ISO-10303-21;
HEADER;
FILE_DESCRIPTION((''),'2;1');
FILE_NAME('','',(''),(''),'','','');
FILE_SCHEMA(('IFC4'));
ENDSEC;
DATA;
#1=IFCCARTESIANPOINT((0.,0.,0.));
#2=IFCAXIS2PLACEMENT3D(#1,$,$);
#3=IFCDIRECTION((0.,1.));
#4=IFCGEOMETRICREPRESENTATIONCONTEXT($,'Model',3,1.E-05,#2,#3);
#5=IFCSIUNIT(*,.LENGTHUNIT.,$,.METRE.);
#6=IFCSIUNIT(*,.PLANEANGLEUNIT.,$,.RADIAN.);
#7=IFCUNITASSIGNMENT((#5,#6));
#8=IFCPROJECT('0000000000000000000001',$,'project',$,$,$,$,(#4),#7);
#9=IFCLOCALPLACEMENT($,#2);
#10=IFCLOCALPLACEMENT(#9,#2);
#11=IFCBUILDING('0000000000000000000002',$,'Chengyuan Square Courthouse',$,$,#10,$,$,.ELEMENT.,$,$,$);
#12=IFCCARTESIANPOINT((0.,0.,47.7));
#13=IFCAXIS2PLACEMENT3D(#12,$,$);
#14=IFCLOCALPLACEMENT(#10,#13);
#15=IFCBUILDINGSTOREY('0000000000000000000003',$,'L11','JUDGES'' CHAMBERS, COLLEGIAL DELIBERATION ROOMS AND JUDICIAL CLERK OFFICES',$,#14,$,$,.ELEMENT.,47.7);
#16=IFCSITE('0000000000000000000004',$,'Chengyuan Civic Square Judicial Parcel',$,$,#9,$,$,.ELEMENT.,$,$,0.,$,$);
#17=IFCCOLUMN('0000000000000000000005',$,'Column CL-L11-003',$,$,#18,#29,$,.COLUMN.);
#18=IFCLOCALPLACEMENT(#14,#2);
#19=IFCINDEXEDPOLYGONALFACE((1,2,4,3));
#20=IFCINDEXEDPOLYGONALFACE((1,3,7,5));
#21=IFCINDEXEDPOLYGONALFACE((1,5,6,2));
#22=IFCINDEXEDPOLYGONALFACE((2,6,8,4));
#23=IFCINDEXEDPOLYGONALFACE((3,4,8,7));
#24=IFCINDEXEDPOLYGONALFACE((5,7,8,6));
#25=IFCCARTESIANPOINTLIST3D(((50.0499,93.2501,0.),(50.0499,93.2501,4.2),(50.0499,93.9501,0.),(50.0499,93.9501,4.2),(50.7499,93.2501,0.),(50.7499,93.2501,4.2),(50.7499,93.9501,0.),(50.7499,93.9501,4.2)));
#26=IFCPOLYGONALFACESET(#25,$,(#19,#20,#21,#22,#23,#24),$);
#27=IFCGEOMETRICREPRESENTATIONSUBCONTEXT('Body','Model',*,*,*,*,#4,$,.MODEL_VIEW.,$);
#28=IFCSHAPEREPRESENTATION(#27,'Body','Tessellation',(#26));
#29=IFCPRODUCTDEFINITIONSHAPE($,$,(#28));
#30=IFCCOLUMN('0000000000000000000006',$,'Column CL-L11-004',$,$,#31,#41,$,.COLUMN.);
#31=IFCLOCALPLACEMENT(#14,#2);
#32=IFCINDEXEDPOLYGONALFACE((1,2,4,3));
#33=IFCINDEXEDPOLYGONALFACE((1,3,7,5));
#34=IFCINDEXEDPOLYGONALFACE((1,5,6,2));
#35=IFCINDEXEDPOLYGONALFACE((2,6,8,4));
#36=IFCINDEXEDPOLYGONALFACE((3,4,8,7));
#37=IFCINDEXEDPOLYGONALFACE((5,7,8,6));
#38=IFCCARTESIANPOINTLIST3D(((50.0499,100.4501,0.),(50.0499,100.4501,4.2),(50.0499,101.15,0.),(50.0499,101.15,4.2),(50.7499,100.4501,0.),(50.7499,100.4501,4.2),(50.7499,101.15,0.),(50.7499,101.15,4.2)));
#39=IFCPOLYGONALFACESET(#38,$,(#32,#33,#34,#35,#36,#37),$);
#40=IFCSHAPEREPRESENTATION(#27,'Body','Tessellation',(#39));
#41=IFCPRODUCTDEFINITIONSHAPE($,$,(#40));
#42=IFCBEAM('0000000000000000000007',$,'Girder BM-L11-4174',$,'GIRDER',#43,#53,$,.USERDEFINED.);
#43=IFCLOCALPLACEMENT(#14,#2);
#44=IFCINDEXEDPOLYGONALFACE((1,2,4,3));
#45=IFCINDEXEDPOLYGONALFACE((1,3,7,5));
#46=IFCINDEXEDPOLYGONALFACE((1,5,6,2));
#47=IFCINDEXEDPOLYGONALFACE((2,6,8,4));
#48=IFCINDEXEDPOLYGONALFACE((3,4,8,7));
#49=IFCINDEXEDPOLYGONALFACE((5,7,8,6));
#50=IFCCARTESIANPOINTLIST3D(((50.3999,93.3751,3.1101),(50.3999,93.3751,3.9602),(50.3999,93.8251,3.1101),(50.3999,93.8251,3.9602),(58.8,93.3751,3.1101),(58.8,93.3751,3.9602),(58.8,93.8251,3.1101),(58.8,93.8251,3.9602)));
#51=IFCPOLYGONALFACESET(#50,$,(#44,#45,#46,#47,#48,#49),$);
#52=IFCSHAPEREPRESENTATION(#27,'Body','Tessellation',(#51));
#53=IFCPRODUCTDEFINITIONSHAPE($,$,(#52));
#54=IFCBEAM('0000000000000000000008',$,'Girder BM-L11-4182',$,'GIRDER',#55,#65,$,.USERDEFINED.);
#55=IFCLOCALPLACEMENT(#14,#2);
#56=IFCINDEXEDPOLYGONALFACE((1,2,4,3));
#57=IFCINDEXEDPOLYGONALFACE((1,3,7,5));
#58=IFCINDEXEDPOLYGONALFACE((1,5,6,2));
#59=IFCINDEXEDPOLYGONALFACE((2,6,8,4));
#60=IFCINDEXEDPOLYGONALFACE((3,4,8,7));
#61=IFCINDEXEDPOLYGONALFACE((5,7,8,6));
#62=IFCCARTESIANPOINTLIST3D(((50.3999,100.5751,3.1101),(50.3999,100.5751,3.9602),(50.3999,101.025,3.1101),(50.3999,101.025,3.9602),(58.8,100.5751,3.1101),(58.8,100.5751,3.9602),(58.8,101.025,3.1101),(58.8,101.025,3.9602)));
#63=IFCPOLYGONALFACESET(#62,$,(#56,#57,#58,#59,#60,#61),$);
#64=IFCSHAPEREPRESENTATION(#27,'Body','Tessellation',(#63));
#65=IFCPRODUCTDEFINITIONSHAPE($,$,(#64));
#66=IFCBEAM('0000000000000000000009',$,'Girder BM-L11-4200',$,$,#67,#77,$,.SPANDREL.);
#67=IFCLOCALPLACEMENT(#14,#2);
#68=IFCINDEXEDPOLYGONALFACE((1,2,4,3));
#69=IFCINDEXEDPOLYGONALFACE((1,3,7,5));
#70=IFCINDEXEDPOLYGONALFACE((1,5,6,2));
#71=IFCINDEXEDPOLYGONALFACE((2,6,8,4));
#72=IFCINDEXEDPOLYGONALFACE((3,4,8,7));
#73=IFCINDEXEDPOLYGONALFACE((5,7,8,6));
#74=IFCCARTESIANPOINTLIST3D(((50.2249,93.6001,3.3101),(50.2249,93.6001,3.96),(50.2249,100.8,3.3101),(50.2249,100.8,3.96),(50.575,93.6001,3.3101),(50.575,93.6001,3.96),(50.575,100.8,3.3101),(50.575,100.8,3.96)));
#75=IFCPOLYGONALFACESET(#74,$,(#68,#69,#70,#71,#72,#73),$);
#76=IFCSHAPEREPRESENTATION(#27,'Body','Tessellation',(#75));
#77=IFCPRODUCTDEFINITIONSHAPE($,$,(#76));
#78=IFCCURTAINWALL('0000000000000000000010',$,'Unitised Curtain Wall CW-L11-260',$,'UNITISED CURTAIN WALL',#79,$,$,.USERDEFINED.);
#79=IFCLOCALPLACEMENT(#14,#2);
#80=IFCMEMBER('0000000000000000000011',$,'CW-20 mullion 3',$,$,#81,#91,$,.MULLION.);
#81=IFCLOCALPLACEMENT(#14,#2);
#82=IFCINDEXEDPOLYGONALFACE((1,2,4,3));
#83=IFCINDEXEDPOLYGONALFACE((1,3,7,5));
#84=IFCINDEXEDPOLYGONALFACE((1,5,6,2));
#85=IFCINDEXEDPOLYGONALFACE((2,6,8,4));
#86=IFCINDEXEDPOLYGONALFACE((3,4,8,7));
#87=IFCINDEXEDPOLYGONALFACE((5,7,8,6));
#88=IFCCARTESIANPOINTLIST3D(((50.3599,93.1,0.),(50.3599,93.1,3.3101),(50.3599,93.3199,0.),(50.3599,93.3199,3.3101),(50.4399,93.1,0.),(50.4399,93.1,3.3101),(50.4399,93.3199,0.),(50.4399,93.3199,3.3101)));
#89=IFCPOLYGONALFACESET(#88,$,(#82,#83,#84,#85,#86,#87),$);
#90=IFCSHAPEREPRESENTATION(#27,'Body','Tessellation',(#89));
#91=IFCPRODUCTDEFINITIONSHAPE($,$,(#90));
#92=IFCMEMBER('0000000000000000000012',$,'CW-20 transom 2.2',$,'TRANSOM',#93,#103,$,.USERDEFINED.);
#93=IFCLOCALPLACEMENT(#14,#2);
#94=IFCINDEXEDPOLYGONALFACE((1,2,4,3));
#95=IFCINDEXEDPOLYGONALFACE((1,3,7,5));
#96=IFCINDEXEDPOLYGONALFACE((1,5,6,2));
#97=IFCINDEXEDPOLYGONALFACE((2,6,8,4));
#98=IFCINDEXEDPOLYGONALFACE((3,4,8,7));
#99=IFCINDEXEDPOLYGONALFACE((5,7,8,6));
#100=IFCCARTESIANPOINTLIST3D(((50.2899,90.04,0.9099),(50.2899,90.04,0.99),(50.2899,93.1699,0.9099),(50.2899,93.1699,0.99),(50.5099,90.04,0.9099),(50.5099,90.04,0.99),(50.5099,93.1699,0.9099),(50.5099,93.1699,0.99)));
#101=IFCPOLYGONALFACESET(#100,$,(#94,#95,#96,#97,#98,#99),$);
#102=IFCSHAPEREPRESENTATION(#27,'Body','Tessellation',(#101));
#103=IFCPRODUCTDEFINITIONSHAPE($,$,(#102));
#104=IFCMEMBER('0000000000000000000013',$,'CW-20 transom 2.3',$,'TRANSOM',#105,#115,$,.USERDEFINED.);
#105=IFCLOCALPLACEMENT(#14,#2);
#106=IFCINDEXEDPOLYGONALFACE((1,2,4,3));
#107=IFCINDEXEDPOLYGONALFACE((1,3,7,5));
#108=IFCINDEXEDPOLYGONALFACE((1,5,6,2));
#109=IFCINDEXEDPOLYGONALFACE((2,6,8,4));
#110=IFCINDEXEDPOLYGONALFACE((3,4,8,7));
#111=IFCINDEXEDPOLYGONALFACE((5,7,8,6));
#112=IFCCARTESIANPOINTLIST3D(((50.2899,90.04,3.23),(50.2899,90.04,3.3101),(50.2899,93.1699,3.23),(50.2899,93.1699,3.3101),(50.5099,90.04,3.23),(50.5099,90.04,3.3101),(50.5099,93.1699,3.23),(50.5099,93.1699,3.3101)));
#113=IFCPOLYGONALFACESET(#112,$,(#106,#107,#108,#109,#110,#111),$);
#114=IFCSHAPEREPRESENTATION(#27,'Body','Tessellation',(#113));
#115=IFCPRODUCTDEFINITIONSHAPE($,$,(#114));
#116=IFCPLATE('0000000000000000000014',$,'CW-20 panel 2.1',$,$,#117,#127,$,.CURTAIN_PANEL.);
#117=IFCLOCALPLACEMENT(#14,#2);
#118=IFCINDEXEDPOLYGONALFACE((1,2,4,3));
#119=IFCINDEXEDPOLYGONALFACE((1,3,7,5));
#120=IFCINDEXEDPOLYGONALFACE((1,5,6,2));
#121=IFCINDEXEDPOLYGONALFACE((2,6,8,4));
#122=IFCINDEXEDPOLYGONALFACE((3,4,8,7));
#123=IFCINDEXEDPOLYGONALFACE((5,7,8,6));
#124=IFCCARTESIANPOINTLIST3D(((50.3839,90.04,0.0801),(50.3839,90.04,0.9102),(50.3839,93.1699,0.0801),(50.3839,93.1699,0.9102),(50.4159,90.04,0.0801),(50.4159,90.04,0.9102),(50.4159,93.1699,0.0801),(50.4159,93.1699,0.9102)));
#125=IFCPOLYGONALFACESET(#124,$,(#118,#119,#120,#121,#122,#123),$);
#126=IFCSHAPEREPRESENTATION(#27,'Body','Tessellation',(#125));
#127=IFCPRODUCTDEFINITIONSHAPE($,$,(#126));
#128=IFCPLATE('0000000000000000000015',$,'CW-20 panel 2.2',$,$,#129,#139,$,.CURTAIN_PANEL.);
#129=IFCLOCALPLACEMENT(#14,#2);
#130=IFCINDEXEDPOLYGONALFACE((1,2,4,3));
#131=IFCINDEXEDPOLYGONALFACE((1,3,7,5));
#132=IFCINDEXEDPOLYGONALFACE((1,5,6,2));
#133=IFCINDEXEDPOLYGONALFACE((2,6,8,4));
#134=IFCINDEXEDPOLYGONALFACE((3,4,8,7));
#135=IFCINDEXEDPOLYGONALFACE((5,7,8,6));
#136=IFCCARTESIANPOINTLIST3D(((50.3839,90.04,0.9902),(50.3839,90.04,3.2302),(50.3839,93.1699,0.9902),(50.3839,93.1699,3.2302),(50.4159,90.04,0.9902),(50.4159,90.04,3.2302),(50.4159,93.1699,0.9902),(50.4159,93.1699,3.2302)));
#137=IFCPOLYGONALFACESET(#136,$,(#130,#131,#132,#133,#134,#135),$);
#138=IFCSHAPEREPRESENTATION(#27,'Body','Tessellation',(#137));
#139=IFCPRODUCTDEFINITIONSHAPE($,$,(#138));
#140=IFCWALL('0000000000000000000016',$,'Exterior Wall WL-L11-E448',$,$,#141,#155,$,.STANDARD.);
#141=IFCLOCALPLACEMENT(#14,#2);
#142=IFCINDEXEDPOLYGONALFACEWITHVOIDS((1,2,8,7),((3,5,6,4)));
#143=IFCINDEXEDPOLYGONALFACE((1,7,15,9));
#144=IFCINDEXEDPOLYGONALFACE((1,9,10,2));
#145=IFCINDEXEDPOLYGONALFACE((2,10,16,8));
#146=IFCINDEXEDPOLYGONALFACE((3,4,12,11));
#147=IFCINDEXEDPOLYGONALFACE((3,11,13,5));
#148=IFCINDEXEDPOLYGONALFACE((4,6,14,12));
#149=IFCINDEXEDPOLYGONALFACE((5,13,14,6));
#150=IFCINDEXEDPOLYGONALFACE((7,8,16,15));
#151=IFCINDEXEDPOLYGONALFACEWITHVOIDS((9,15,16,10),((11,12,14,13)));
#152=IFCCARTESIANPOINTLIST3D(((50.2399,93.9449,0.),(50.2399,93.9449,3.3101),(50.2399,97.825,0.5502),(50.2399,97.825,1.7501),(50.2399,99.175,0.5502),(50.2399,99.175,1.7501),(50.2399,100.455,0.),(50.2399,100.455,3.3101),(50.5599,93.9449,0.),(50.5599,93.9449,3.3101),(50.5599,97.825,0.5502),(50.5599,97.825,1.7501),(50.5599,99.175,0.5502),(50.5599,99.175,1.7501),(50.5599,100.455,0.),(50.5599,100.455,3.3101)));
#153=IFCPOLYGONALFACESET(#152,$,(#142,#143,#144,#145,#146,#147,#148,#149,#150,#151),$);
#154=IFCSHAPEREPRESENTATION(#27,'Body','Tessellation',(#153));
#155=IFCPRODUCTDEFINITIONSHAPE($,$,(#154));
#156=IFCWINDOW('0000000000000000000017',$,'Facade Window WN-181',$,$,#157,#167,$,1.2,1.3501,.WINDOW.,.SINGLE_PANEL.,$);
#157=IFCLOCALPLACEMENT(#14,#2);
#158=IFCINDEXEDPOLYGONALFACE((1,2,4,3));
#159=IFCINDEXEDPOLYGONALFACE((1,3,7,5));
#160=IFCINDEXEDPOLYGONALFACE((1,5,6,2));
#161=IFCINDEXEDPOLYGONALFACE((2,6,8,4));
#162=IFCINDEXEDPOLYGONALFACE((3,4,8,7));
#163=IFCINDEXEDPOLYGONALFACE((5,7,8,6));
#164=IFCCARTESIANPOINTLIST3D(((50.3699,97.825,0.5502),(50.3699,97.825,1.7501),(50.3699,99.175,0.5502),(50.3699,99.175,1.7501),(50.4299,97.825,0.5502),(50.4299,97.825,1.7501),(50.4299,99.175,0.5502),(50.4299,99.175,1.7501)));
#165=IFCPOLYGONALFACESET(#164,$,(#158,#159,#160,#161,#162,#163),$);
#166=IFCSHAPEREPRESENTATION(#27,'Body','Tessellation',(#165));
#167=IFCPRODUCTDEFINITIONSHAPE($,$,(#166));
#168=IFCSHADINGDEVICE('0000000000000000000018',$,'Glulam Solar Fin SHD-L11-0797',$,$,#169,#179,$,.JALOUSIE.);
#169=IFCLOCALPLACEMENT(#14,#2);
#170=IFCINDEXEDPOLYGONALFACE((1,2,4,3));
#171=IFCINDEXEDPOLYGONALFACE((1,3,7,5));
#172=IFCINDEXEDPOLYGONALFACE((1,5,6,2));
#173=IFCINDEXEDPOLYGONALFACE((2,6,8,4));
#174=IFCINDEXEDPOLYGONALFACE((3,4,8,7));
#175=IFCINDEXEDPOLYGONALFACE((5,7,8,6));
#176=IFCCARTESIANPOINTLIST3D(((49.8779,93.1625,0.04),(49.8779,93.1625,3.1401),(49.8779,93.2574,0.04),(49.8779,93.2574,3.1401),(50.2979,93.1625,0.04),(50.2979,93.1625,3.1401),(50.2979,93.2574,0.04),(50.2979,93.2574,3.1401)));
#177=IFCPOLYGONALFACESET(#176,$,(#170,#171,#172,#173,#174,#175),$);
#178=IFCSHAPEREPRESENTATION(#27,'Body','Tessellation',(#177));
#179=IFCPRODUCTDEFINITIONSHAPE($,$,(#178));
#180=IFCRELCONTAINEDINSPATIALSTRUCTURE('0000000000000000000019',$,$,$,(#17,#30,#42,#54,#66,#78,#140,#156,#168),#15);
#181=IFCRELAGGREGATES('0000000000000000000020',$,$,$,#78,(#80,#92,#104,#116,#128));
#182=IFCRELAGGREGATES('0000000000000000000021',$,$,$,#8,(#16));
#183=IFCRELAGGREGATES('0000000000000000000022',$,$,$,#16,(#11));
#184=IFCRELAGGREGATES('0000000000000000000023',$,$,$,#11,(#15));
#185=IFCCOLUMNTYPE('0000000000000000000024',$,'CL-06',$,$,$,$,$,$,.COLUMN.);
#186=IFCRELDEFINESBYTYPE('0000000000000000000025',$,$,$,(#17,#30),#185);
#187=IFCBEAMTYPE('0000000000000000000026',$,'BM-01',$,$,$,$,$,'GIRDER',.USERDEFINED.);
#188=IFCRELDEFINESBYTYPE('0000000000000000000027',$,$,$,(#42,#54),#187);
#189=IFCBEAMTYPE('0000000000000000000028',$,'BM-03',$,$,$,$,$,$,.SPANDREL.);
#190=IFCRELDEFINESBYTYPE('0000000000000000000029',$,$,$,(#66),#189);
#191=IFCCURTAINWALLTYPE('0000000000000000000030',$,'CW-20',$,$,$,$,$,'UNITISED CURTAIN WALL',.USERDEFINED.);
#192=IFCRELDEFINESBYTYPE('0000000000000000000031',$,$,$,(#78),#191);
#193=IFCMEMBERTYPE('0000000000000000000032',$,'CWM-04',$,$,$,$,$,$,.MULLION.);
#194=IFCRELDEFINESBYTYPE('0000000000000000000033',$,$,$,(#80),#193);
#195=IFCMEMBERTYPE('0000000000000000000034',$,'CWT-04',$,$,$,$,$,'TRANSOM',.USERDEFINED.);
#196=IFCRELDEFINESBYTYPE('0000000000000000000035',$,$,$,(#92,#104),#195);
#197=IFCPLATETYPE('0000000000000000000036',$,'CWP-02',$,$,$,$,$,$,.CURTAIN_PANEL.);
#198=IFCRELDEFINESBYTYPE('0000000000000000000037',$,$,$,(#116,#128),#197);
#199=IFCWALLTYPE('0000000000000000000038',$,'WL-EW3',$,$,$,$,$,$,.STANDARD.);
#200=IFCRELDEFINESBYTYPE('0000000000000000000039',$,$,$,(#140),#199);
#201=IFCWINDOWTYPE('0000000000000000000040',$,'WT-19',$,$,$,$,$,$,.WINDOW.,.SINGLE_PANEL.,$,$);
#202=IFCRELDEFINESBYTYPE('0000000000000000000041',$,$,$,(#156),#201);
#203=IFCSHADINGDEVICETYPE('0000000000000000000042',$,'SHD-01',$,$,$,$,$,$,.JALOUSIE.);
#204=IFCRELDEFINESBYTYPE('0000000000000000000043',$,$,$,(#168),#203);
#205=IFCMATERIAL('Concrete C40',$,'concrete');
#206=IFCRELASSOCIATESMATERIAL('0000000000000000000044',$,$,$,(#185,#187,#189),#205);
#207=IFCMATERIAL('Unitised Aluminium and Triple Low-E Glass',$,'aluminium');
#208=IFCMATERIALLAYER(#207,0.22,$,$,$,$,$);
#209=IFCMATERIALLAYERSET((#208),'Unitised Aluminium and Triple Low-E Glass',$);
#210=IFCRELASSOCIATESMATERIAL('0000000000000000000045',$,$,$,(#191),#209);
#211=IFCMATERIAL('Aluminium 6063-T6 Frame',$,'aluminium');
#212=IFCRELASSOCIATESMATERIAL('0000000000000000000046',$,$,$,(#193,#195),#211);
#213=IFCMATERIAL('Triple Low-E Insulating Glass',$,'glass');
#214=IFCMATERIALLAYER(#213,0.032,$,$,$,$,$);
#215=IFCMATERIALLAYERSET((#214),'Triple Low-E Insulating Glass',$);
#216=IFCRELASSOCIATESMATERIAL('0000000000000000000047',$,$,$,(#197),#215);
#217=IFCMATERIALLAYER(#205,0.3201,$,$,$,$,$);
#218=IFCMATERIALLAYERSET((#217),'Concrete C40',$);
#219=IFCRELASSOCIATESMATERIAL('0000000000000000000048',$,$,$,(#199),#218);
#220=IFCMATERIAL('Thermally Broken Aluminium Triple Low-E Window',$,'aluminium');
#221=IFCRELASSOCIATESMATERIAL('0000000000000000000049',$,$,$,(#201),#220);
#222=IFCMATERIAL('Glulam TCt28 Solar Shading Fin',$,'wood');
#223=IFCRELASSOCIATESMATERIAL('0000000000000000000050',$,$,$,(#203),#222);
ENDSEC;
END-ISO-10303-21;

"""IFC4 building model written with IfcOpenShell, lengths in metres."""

from ifc_helpers import new_model, si_unit, direction, frame, frame_2d, origin, origin_2d, place, context, subcontext, project, spatial, rectangle, extrude, material, layer, layer_set, material_profile, profile_set, type_object, element, fill, aggregate, save


model = new_model("IFC4")

# Units and contexts
model_context = context("Model", 3, precision=1e-05, world=origin(), true_north=direction((0.0, 1.0)))
body_context = subcontext(model_context, "Body", "Model", "MODEL_VIEW")
ifc_project = project(units=[si_unit("LENGTHUNIT", "METRE"), si_unit("PLANEANGLEUNIT", "RADIAN")], contexts=[model_context])

# Site, building, storey
site_placement = place(None, origin())
site = spatial("IfcSite", under=ifc_project, at=site_placement, Name="Chengyuan Civic Square Judicial Parcel", CompositionType="ELEMENT", RefElevation=0.0)
building_placement = place(site_placement, origin())
building = spatial("IfcBuilding", under=site, at=building_placement, Name="Chengyuan Square Courthouse", CompositionType="ELEMENT")
storey_placement = place(building_placement, frame((0.0, 0.0, 47.7)))
storey = spatial("IfcBuildingStorey", under=building, at=storey_placement, Name="L11", Description="JUDGES' CHAMBERS, COLLEGIAL DELIBERATION ROOMS AND JUDICIAL CLERK OFFICES", CompositionType="ELEMENT", Elevation=47.7)

# Columns
ifc_material_1 = material(Name="Concrete C40", Category="concrete")
ifc_material_profile_1 = material_profile(ifc_material_1, rectangle(XDim=0.7, YDim=0.7, at=origin_2d()), Name="RC-COL-700x700")
ifc_profile_set_1 = profile_set([ifc_material_profile_1], Name="Concrete C40")
column_type = type_object("IfcColumnType", Name="CL-06", PredefinedType="COLUMN", material=ifc_profile_set_1)
for number, where, z_axis, x_axis, name in (
    (1, (50.3999, 93.6001, 0.0), (0.0, 0.0, 1.0), (1.0, 0.0, 0.0), "Column CL-L11-003"),
    (2, (50.3999, 100.8, 0.0), (0.0, 0.0, 1.0), (1.0, 0.0, 0.0), "Column CL-L11-004"),
):
    element("IfcColumn", number, at=place(storey_placement, frame(where, z_axis=z_axis, x_axis=x_axis)), inside=storey, type_object=column_type, Name=name, PredefinedType="COLUMN", context=body_context, shape_type="SweptSolid", body=[
        extrude(rectangle(XDim=0.7, YDim=0.7, at=origin_2d()), origin(), (0.0, 0.0, 1.0), 4.2),
    ])

# Beams
ifc_material_profile_2 = material_profile(ifc_material_1, rectangle(XDim=0.45, YDim=0.8501, at=origin_2d()), Name="RC-BM-450x850")
ifc_profile_set_2 = profile_set([ifc_material_profile_2], Name="Concrete C40")
beam_type_1 = type_object("IfcBeamType", Name="BM-01", ElementType="GIRDER", PredefinedType="USERDEFINED", material=ifc_profile_set_2)
for number, where, z_axis, x_axis, name in (
    (3, (50.3999, 93.6001, 3.5352), (1.0, 0.0, 0.0), (0.0, 1.0, 0.0), "Girder BM-L11-4174"),
    (4, (50.3999, 100.8, 3.5352), (1.0, 0.0, 0.0), (0.0, 1.0, 0.0), "Girder BM-L11-4182"),
):
    element("IfcBeam", number, at=place(storey_placement, frame(where, z_axis=z_axis, x_axis=x_axis)), inside=storey, type_object=beam_type_1, Name=name, ObjectType="GIRDER", PredefinedType="USERDEFINED", context=body_context, shape_type="SweptSolid", body=[
        extrude(rectangle(XDim=0.45, YDim=0.8501, at=origin_2d()), origin(), (0.0, 0.0, 1.0), 8.4001),
    ])
ifc_material_profile_3 = material_profile(ifc_material_1, rectangle(XDim=0.3501, YDim=0.6499, at=origin_2d()), Name="RC-BM-350x650")
ifc_profile_set_3 = profile_set([ifc_material_profile_3], Name="Concrete C40")
beam_type_2 = type_object("IfcBeamType", Name="BM-03", PredefinedType="SPANDREL", material=ifc_profile_set_3)
beam_placement = place(storey_placement, frame((50.3999, 93.6001, 3.635), z_axis=(0.0, 1.0, 0.0), x_axis=(-1.0, 0.0, 0.0)))
element("IfcBeam", 5, at=beam_placement, inside=storey, type_object=beam_type_2, Name="Girder BM-L11-4200", PredefinedType="SPANDREL", context=body_context, shape_type="SweptSolid", body=[
    extrude(rectangle(XDim=0.3501, YDim=0.6499, at=origin_2d()), origin(), (0.0, 0.0, 1.0), 7.2),
])

# Curtain wall, members, plates
ifc_material_2 = material(Name="Unitised Aluminium and Triple Low-E Glass", Category="aluminium")
ifc_layer_1 = layer(ifc_material_2, 0.22)
ifc_layer_set_1 = layer_set([ifc_layer_1], Name="Unitised Aluminium and Triple Low-E Glass")
curtain_wall_type = type_object("IfcCurtainWallType", Name="CW-20", ElementType="UNITISED CURTAIN WALL", PredefinedType="USERDEFINED", material=ifc_layer_set_1)
curtain_wall_placement = place(storey_placement, origin())
curtain_wall = element("IfcCurtainWall", 6, at=curtain_wall_placement, inside=storey, type_object=curtain_wall_type, Name="Unitised Curtain Wall CW-L11-260", ObjectType="UNITISED CURTAIN WALL", PredefinedType="USERDEFINED")
ifc_material_3 = material(Name="Aluminium 6063-T6 Frame", Category="aluminium")
ifc_material_profile_4 = material_profile(ifc_material_3, rectangle(XDim=0.0801, YDim=0.22, at=origin_2d()), Name="CW-MUL-80x220")
ifc_profile_set_4 = profile_set([ifc_material_profile_4], Name="Aluminium 6063-T6 Frame")
member_type_1 = type_object("IfcMemberType", Name="CWM-04", PredefinedType="MULLION", material=ifc_profile_set_4)
member_1_placement = place(storey_placement, frame((50.3999, 93.21, 0.0), z_axis=(0.0, 0.0, 1.0), x_axis=(-1.0, 0.0, 0.0)))
member_1 = element("IfcMember", 7, at=member_1_placement, type_object=member_type_1, Name="CW-20 mullion 3", PredefinedType="MULLION", context=body_context, shape_type="SweptSolid", body=[
    extrude(rectangle(XDim=0.0801, YDim=0.22, at=origin_2d()), origin(), (0.0, 0.0, 1.0), 3.3101),
])
ifc_material_profile_5 = material_profile(ifc_material_3, rectangle(XDim=0.22, YDim=0.0801, at=origin_2d()), Name="CW-TRN-80x180")
ifc_profile_set_5 = profile_set([ifc_material_profile_5], Name="Aluminium 6063-T6 Frame")
member_type_2 = type_object("IfcMemberType", Name="CWT-04", ElementType="TRANSOM", PredefinedType="USERDEFINED", material=ifc_profile_set_5)
member_2_placement = place(storey_placement, frame((50.3999, 90.04, 0.95), z_axis=(0.0, 1.0, 0.0), x_axis=(-1.0, 0.0, 0.0)))
member_2 = element("IfcMember", 8, at=member_2_placement, type_object=member_type_2, Name="CW-20 transom 2.2", ObjectType="TRANSOM", PredefinedType="USERDEFINED", context=body_context, shape_type="SweptSolid", body=[
    extrude(rectangle(XDim=0.22, YDim=0.0801, at=origin_2d()), origin(), (0.0, 0.0, 1.0), 3.1299),
])
member_3_placement = place(storey_placement, frame((50.3999, 90.04, 3.27), z_axis=(0.0, 1.0, 0.0), x_axis=(-1.0, 0.0, 0.0)))
member_3 = element("IfcMember", 9, at=member_3_placement, type_object=member_type_2, Name="CW-20 transom 2.3", ObjectType="TRANSOM", PredefinedType="USERDEFINED", context=body_context, shape_type="SweptSolid", body=[
    extrude(rectangle(XDim=0.22, YDim=0.0801, at=origin_2d()), origin(), (0.0, 0.0, 1.0), 3.1299),
])
ifc_material_4 = material(Name="Triple Low-E Insulating Glass", Category="glass")
ifc_layer_2 = layer(ifc_material_4, 0.032)
ifc_layer_set_2 = layer_set([ifc_layer_2], Name="Triple Low-E Insulating Glass")
plate_type = type_object("IfcPlateType", Name="CWP-02", PredefinedType="CURTAIN_PANEL", material=ifc_layer_set_2)
plate_1_placement = place(storey_placement, frame((50.3999, 91.605, 0.0801), z_axis=(0.0, 0.0, 1.0), x_axis=(0.0, 1.0, 0.0)))
plate_1 = element("IfcPlate", 10, at=plate_1_placement, type_object=plate_type, Name="CW-20 panel 2.1", PredefinedType="CURTAIN_PANEL", context=body_context, shape_type="SweptSolid", body=[
    extrude(rectangle(XDim=3.1299, YDim=0.032, at=origin_2d()), origin(), (0.0, 0.0, 1.0), 0.8301),
])
plate_2_placement = place(storey_placement, frame((50.3999, 91.605, 0.9902), z_axis=(0.0, 0.0, 1.0), x_axis=(0.0, 1.0, 0.0)))
plate_2 = element("IfcPlate", 11, at=plate_2_placement, type_object=plate_type, Name="CW-20 panel 2.2", PredefinedType="CURTAIN_PANEL", context=body_context, shape_type="SweptSolid", body=[
    extrude(rectangle(XDim=3.1299, YDim=0.032, at=origin_2d()), origin(), (0.0, 0.0, 1.0), 2.24),
])
aggregate(curtain_wall, [member_1, member_2, member_3, plate_1, plate_2])

# Wall, opening, window
ifc_layer_3 = layer(ifc_material_1, 0.3201)
ifc_layer_set_3 = layer_set([ifc_layer_3], Name="Concrete C40")
wall_type = type_object("IfcWallType", Name="WL-EW3", PredefinedType="STANDARD", material=ifc_layer_set_3)
wall_placement = place(storey_placement, frame((50.3999, 93.9451, 0.0), z_axis=(0.0, 0.0, 1.0), x_axis=(0.0, 1.0, 0.0)))
wall = element("IfcWall", 12, at=wall_placement, inside=storey, type_object=wall_type, Name="Exterior Wall WL-L11-E448", PredefinedType="STANDARD", context=body_context, shape_type="SweptSolid", body=[
    extrude(rectangle(XDim=6.51, YDim=0.3201, at=frame_2d((3.2549, 0.0))), origin(), (0.0, 0.0, 1.0), 3.3101),
])
opening_placement = place(wall_placement, frame((3.8799, 0.0, 0.55)))
opening = element("IfcOpeningElement", 13, at=opening_placement, cuts=wall, PredefinedType="OPENING", context=body_context, shape_type="SweptSolid", body=[
    extrude(rectangle(XDim=1.3501, YDim=1.2, at=frame_2d((0.675, 0.6001))), frame((0.0, 0.1721, 0.0), z_axis=(0.0, -1.0, 0.0), x_axis=(1.0, 0.0, 0.0)), (0.0, 0.0, 1.0), 0.344),
])
ifc_material_5 = material(Name="Thermally Broken Aluminium Triple Low-E Window", Category="aluminium")
window_type = type_object("IfcWindowType", Name="WT-19", PartitioningType="SINGLE_PANEL", PredefinedType="WINDOW", material=ifc_material_5)
window_placement = place(opening_placement, origin())
window = element("IfcWindow", 14, at=window_placement, inside=storey, type_object=window_type, Name="Facade Window WN-181", OverallHeight=1.2, OverallWidth=1.3501, PartitioningType="SINGLE_PANEL", PredefinedType="WINDOW", context=body_context, shape_type="SweptSolid", body=[
    extrude(rectangle(XDim=1.3501, YDim=1.2, at=frame_2d((0.675, 0.6001))), frame((0.0, 0.03, 0.0), z_axis=(0.0, -1.0, 0.0), x_axis=(1.0, 0.0, 0.0)), (0.0, 0.0, 1.0), 0.0601),
])
fill(opening, window)

# Shading device
ifc_material_6 = material(Name="Glulam TCt28 Solar Shading Fin", Category="wood")
shading_device_type_1 = type_object("IfcShadingDeviceType", Name="SHD-01", PredefinedType="JALOUSIE", material=ifc_material_6)
shading_device_1_placement = place(storey_placement, frame((50.0879, 93.21, 0.04), z_axis=(0.0, 0.0, 1.0), x_axis=(1.0, 0.0, 0.0)))
element("IfcShadingDevice", 15, at=shading_device_1_placement, inside=storey, type_object=shading_device_type_1, Name="Glulam Solar Fin SHD-L11-0797", PredefinedType="JALOUSIE", context=body_context, shape_type="SweptSolid", body=[
    extrude(rectangle(XDim=0.4199, YDim=0.095, at=origin_2d()), origin(), (0.0, 0.0, 1.0), 3.1001),
])

save(model, "model.ifc")
